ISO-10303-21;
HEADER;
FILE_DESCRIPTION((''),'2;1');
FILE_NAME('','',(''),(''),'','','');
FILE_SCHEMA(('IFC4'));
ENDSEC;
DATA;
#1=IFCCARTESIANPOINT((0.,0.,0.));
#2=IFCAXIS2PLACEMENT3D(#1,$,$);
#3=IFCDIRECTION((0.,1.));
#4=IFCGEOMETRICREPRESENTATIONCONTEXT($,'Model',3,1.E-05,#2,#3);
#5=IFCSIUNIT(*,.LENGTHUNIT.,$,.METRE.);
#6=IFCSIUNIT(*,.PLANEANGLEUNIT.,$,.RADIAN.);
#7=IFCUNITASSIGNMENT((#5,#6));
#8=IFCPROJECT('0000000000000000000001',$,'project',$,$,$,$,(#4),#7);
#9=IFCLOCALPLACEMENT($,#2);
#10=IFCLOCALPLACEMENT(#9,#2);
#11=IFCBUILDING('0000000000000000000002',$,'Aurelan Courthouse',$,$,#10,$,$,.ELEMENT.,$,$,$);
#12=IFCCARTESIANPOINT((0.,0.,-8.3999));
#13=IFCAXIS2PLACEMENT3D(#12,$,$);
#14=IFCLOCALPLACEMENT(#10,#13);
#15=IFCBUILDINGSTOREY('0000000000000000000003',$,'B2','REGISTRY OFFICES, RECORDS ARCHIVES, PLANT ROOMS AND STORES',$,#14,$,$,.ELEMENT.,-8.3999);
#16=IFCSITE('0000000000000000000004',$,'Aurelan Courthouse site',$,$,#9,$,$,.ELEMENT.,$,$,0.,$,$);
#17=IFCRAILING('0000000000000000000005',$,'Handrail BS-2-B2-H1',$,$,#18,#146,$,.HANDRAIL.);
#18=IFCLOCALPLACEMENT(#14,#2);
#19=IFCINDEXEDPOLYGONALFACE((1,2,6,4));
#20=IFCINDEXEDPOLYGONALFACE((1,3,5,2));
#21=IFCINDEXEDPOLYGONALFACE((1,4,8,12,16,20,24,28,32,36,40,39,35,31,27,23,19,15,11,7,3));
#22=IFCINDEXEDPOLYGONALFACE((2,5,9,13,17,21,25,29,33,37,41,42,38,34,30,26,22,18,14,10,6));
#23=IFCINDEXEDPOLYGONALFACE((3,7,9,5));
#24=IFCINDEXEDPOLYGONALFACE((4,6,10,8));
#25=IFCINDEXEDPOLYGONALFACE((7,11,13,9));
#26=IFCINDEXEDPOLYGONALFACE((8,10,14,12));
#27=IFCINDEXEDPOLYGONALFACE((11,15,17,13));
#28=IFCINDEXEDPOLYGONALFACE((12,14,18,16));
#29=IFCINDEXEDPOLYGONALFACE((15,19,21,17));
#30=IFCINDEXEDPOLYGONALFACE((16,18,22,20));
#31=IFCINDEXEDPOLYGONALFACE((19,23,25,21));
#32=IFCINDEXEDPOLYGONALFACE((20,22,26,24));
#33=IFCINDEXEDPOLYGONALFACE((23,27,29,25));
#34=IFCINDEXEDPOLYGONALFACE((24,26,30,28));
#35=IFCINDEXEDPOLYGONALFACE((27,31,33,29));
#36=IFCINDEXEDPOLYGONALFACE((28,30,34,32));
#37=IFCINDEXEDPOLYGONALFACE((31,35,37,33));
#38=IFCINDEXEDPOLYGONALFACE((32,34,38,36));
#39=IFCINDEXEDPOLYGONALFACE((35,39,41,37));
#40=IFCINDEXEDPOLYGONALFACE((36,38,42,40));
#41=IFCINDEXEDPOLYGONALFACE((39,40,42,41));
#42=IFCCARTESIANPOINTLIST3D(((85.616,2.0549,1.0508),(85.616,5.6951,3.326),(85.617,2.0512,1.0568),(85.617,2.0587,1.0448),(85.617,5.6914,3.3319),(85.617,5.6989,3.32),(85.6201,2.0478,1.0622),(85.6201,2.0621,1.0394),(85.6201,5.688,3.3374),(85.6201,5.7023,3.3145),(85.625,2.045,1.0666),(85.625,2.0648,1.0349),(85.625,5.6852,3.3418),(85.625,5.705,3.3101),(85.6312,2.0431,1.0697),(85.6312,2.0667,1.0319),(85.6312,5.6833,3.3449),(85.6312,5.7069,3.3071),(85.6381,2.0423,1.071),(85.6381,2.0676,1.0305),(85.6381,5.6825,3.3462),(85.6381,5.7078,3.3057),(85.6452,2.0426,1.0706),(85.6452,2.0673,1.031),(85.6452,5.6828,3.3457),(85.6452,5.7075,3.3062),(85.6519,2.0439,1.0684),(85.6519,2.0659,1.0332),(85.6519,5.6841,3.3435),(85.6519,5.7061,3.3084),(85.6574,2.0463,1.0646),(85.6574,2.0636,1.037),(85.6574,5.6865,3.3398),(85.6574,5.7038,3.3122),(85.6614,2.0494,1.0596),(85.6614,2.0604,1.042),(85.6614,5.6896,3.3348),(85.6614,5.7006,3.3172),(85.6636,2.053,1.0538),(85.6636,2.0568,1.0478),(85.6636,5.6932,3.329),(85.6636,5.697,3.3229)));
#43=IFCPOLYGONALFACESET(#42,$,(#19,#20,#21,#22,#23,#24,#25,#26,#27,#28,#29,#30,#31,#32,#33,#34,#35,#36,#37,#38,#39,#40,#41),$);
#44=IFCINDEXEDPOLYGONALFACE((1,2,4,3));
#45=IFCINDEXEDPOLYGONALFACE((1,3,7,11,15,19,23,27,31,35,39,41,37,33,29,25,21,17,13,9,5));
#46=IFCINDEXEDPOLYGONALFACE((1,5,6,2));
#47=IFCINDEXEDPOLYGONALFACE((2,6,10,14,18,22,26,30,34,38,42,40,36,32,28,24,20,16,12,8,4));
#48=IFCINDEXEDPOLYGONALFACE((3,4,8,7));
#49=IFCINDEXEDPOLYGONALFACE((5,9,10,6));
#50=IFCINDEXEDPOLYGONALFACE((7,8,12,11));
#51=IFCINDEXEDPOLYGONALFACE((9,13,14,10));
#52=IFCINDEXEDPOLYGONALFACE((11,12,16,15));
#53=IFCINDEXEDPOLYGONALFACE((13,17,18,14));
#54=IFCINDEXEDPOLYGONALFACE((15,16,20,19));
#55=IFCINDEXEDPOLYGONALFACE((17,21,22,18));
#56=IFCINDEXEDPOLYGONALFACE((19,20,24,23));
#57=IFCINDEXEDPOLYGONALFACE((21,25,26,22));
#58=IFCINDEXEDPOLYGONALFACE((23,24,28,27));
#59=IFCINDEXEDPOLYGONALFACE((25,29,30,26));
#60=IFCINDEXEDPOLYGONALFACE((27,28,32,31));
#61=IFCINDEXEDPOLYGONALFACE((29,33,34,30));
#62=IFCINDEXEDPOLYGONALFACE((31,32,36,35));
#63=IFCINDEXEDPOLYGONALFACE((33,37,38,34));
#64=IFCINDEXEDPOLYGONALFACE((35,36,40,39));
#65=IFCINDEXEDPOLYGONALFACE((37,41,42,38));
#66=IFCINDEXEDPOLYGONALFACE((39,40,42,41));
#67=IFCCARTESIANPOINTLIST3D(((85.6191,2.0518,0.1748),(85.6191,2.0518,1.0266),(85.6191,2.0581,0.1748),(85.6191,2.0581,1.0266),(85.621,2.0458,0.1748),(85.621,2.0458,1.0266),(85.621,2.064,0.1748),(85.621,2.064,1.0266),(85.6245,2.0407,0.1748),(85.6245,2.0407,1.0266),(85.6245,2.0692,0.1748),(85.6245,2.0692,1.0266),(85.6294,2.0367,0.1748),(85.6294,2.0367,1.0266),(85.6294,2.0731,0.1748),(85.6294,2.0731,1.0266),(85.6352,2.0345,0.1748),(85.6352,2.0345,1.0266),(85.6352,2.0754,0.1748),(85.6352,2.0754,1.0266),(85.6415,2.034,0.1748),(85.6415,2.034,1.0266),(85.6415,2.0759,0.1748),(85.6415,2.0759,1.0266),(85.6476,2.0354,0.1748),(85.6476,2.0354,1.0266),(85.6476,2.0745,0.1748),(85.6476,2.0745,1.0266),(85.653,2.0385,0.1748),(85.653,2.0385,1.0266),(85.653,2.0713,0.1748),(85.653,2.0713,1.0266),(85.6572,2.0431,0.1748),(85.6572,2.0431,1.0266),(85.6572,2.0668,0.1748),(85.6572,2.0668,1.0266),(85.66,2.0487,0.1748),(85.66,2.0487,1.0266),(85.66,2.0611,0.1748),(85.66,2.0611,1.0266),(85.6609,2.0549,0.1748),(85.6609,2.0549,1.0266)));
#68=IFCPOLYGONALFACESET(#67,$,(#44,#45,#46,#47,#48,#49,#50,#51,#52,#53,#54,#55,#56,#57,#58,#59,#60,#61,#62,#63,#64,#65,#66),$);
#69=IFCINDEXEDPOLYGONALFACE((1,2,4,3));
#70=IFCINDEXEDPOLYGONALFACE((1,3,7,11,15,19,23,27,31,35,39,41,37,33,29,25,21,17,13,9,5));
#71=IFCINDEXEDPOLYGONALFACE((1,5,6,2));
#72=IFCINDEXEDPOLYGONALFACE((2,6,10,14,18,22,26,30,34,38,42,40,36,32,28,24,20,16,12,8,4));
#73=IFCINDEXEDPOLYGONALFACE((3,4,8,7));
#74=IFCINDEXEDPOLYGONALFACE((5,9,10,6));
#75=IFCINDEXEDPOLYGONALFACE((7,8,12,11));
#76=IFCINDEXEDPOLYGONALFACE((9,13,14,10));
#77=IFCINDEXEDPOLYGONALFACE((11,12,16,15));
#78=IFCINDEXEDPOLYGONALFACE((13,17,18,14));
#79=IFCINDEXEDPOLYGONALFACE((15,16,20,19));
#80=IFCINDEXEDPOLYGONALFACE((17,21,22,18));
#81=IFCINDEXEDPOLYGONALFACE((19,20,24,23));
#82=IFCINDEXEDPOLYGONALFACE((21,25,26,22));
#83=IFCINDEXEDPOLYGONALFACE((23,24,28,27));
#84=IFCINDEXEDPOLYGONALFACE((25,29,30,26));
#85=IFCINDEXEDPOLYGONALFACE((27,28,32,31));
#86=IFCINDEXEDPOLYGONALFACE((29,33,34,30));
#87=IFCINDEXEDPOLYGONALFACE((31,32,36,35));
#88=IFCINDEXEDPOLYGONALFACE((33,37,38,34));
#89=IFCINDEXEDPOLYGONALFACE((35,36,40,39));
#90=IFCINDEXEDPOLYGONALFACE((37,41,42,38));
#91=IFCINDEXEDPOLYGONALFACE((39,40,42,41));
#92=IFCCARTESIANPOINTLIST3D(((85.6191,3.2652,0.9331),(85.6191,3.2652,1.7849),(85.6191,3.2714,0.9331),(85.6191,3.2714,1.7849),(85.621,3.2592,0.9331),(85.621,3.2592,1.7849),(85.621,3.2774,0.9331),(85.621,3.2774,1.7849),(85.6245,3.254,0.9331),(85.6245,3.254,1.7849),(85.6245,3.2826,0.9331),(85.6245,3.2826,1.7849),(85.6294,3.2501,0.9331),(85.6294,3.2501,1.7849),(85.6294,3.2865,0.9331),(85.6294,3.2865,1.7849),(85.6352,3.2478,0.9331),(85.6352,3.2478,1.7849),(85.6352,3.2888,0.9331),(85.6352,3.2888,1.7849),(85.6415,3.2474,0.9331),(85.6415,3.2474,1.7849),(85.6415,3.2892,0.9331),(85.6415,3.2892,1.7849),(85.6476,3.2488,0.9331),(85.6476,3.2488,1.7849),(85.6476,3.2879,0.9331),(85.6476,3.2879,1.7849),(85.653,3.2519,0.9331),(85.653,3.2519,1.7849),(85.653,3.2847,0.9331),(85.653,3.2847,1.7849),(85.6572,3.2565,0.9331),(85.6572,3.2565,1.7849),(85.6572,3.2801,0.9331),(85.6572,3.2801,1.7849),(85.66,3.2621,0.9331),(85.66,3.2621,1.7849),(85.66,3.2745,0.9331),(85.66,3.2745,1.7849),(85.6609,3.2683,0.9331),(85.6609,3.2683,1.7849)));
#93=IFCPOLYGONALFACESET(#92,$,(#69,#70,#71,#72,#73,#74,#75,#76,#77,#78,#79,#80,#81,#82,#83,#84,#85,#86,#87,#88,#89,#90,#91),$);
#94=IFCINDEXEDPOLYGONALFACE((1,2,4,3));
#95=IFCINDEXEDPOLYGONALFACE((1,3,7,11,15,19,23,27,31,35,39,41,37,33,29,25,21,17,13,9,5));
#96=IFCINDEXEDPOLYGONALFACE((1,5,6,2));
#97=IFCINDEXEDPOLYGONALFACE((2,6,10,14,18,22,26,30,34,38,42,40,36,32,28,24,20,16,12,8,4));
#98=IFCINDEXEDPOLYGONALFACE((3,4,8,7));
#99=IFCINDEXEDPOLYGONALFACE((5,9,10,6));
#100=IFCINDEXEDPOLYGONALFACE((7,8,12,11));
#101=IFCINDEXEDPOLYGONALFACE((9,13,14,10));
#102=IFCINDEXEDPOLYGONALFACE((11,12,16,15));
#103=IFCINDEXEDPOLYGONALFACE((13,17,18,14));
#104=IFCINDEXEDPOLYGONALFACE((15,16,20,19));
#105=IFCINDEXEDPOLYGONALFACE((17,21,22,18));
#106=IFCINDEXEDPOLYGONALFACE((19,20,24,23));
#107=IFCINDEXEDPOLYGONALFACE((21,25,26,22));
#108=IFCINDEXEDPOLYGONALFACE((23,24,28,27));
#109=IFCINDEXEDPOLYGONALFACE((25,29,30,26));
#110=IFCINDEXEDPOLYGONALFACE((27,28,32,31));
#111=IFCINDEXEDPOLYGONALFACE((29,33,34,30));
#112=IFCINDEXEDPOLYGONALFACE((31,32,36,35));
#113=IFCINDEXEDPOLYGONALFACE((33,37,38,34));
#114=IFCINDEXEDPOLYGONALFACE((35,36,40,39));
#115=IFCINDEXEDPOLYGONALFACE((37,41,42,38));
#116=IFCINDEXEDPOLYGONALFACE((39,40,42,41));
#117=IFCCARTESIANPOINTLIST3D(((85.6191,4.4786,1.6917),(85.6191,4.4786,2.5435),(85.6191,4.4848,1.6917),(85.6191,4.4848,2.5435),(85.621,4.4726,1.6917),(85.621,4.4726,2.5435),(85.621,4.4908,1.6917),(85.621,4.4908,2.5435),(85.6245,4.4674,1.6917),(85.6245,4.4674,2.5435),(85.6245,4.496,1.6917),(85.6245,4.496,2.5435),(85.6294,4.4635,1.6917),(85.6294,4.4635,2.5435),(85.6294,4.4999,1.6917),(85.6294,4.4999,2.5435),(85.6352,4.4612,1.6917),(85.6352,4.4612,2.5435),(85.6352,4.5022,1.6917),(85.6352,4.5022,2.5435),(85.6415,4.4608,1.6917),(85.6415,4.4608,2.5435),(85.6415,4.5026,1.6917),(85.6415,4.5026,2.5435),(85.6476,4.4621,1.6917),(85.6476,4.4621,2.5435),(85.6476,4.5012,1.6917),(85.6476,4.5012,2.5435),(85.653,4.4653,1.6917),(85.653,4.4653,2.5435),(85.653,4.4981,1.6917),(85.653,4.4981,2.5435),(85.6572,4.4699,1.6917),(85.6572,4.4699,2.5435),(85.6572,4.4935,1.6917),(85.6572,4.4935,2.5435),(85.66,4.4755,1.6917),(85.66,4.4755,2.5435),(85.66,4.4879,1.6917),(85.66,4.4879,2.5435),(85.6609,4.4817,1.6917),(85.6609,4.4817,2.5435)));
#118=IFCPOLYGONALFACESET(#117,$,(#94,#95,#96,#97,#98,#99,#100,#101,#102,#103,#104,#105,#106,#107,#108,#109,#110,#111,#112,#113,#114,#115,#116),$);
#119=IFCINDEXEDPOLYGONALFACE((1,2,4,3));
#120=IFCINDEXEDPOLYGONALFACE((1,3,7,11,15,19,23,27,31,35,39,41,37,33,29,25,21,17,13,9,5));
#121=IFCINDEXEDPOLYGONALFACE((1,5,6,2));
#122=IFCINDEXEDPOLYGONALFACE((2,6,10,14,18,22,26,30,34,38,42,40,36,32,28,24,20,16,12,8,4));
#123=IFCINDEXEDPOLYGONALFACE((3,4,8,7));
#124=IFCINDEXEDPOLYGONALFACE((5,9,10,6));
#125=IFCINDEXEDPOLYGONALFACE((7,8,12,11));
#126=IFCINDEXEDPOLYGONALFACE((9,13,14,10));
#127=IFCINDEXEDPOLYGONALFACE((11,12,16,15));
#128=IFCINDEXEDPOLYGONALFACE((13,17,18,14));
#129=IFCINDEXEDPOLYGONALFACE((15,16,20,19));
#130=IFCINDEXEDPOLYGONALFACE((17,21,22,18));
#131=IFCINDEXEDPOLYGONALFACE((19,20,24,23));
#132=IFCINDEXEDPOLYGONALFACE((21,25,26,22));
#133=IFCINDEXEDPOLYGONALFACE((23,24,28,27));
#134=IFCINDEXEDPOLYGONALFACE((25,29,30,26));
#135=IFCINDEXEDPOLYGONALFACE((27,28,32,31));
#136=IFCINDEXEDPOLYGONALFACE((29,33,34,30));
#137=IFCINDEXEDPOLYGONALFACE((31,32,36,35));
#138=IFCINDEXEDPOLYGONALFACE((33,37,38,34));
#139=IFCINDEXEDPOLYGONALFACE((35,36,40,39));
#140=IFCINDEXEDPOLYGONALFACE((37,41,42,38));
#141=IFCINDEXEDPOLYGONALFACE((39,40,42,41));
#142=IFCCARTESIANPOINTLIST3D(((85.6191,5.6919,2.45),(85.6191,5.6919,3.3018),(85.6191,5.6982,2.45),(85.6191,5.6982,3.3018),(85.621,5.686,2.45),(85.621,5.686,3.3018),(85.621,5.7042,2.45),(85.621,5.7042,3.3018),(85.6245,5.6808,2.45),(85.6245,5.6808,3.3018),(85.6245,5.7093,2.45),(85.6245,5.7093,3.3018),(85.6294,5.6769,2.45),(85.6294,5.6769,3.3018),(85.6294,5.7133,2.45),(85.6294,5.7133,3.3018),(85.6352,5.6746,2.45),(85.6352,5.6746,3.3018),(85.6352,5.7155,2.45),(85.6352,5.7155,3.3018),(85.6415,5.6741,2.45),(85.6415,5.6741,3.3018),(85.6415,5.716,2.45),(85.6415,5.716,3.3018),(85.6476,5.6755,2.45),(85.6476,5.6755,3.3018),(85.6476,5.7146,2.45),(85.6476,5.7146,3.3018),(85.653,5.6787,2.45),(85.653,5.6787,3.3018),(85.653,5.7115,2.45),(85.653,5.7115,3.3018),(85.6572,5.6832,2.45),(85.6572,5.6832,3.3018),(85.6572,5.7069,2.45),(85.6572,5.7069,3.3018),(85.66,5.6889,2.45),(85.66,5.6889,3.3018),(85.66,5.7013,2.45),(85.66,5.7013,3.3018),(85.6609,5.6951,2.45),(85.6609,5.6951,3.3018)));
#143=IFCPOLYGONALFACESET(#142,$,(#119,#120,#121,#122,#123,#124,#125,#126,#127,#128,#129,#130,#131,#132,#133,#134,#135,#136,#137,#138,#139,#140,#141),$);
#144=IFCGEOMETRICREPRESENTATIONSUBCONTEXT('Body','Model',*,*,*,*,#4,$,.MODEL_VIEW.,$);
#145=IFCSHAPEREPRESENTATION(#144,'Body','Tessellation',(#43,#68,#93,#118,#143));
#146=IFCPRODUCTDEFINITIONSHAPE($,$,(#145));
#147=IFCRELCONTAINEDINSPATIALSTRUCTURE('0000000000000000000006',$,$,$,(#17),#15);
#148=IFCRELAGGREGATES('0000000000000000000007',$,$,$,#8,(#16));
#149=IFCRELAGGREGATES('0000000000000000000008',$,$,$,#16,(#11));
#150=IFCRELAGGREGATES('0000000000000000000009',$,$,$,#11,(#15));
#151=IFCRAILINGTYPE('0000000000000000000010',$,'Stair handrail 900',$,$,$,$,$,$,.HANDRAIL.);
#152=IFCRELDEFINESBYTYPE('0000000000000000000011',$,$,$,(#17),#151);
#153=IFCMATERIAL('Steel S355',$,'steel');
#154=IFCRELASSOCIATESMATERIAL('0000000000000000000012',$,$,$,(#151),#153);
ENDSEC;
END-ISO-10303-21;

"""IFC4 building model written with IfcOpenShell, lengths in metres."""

from ifc_helpers import new_model, si_unit, direction, frame, origin, origin_2d, place, context, subcontext, project, spatial, circle, extrude, material, type_object, element, save


model = new_model("IFC4")

# Units and contexts
model_context = context("Model", 3, precision=1e-05, world=origin(), true_north=direction((0.0, 1.0)))
body_context = subcontext(model_context, "Body", "Model", "MODEL_VIEW")
ifc_project = project(units=[si_unit("LENGTHUNIT", "METRE"), si_unit("PLANEANGLEUNIT", "RADIAN")], contexts=[model_context])

# Site, building, storey
site_placement = place(None, origin())
site = spatial("IfcSite", under=ifc_project, at=site_placement, Name="Aurelan Courthouse site", CompositionType="ELEMENT", RefElevation=0.0)
building_placement = place(site_placement, origin())
building = spatial("IfcBuilding", under=site, at=building_placement, Name="Aurelan Courthouse", CompositionType="ELEMENT")
storey_placement = place(building_placement, frame((0.0, 0.0, -8.3999)))
storey = spatial("IfcBuildingStorey", under=building, at=storey_placement, Name="B2", Description="REGISTRY OFFICES, RECORDS ARCHIVES, PLANT ROOMS AND STORES", CompositionType="ELEMENT", Elevation=-8.3999)

# Railing
ifc_material_1 = material(Name="Steel S355", Category="steel")
railing_type_1 = type_object("IfcRailingType", Name="Stair handrail 900", PredefinedType="HANDRAIL", material=ifc_material_1)
for number, where, name in (
    (1, (85.6399, 2.0549, 0.1748), "Handrail BS-2-B2-H1"),
):
    element("IfcRailing", number, at=place(storey_placement, frame(where)), inside=storey, type_object=railing_type_1, Name=name, PredefinedType="HANDRAIL", context=body_context, shape_type="SweptSolid", body=[
        extrude(circle(Radius=0.0239, at=origin_2d()), frame((0.0, 0.0, 0.876), z_axis=(0.0, 0.847992, 0.530009), x_axis=(-1.0, 0.0, 0.0)), (0.0, 0.0, 1.0), 4.2927),
        extrude(circle(Radius=0.021, at=origin_2d()), origin(), (0.0, 0.0, 1.0), 0.8518),
        extrude(circle(Radius=0.021, at=origin_2d()), frame((0.0, 1.2134, 0.7583)), (0.0, 0.0, 1.0), 0.8518),
        extrude(circle(Radius=0.021, at=origin_2d()), frame((0.0, 2.4268, 1.5168)), (0.0, 0.0, 1.0), 0.8518),
        extrude(circle(Radius=0.021, at=origin_2d()), frame((0.0, 3.6401, 2.2751)), (0.0, 0.0, 1.0), 0.8518),
    ])

save(model, "model.ifc")
